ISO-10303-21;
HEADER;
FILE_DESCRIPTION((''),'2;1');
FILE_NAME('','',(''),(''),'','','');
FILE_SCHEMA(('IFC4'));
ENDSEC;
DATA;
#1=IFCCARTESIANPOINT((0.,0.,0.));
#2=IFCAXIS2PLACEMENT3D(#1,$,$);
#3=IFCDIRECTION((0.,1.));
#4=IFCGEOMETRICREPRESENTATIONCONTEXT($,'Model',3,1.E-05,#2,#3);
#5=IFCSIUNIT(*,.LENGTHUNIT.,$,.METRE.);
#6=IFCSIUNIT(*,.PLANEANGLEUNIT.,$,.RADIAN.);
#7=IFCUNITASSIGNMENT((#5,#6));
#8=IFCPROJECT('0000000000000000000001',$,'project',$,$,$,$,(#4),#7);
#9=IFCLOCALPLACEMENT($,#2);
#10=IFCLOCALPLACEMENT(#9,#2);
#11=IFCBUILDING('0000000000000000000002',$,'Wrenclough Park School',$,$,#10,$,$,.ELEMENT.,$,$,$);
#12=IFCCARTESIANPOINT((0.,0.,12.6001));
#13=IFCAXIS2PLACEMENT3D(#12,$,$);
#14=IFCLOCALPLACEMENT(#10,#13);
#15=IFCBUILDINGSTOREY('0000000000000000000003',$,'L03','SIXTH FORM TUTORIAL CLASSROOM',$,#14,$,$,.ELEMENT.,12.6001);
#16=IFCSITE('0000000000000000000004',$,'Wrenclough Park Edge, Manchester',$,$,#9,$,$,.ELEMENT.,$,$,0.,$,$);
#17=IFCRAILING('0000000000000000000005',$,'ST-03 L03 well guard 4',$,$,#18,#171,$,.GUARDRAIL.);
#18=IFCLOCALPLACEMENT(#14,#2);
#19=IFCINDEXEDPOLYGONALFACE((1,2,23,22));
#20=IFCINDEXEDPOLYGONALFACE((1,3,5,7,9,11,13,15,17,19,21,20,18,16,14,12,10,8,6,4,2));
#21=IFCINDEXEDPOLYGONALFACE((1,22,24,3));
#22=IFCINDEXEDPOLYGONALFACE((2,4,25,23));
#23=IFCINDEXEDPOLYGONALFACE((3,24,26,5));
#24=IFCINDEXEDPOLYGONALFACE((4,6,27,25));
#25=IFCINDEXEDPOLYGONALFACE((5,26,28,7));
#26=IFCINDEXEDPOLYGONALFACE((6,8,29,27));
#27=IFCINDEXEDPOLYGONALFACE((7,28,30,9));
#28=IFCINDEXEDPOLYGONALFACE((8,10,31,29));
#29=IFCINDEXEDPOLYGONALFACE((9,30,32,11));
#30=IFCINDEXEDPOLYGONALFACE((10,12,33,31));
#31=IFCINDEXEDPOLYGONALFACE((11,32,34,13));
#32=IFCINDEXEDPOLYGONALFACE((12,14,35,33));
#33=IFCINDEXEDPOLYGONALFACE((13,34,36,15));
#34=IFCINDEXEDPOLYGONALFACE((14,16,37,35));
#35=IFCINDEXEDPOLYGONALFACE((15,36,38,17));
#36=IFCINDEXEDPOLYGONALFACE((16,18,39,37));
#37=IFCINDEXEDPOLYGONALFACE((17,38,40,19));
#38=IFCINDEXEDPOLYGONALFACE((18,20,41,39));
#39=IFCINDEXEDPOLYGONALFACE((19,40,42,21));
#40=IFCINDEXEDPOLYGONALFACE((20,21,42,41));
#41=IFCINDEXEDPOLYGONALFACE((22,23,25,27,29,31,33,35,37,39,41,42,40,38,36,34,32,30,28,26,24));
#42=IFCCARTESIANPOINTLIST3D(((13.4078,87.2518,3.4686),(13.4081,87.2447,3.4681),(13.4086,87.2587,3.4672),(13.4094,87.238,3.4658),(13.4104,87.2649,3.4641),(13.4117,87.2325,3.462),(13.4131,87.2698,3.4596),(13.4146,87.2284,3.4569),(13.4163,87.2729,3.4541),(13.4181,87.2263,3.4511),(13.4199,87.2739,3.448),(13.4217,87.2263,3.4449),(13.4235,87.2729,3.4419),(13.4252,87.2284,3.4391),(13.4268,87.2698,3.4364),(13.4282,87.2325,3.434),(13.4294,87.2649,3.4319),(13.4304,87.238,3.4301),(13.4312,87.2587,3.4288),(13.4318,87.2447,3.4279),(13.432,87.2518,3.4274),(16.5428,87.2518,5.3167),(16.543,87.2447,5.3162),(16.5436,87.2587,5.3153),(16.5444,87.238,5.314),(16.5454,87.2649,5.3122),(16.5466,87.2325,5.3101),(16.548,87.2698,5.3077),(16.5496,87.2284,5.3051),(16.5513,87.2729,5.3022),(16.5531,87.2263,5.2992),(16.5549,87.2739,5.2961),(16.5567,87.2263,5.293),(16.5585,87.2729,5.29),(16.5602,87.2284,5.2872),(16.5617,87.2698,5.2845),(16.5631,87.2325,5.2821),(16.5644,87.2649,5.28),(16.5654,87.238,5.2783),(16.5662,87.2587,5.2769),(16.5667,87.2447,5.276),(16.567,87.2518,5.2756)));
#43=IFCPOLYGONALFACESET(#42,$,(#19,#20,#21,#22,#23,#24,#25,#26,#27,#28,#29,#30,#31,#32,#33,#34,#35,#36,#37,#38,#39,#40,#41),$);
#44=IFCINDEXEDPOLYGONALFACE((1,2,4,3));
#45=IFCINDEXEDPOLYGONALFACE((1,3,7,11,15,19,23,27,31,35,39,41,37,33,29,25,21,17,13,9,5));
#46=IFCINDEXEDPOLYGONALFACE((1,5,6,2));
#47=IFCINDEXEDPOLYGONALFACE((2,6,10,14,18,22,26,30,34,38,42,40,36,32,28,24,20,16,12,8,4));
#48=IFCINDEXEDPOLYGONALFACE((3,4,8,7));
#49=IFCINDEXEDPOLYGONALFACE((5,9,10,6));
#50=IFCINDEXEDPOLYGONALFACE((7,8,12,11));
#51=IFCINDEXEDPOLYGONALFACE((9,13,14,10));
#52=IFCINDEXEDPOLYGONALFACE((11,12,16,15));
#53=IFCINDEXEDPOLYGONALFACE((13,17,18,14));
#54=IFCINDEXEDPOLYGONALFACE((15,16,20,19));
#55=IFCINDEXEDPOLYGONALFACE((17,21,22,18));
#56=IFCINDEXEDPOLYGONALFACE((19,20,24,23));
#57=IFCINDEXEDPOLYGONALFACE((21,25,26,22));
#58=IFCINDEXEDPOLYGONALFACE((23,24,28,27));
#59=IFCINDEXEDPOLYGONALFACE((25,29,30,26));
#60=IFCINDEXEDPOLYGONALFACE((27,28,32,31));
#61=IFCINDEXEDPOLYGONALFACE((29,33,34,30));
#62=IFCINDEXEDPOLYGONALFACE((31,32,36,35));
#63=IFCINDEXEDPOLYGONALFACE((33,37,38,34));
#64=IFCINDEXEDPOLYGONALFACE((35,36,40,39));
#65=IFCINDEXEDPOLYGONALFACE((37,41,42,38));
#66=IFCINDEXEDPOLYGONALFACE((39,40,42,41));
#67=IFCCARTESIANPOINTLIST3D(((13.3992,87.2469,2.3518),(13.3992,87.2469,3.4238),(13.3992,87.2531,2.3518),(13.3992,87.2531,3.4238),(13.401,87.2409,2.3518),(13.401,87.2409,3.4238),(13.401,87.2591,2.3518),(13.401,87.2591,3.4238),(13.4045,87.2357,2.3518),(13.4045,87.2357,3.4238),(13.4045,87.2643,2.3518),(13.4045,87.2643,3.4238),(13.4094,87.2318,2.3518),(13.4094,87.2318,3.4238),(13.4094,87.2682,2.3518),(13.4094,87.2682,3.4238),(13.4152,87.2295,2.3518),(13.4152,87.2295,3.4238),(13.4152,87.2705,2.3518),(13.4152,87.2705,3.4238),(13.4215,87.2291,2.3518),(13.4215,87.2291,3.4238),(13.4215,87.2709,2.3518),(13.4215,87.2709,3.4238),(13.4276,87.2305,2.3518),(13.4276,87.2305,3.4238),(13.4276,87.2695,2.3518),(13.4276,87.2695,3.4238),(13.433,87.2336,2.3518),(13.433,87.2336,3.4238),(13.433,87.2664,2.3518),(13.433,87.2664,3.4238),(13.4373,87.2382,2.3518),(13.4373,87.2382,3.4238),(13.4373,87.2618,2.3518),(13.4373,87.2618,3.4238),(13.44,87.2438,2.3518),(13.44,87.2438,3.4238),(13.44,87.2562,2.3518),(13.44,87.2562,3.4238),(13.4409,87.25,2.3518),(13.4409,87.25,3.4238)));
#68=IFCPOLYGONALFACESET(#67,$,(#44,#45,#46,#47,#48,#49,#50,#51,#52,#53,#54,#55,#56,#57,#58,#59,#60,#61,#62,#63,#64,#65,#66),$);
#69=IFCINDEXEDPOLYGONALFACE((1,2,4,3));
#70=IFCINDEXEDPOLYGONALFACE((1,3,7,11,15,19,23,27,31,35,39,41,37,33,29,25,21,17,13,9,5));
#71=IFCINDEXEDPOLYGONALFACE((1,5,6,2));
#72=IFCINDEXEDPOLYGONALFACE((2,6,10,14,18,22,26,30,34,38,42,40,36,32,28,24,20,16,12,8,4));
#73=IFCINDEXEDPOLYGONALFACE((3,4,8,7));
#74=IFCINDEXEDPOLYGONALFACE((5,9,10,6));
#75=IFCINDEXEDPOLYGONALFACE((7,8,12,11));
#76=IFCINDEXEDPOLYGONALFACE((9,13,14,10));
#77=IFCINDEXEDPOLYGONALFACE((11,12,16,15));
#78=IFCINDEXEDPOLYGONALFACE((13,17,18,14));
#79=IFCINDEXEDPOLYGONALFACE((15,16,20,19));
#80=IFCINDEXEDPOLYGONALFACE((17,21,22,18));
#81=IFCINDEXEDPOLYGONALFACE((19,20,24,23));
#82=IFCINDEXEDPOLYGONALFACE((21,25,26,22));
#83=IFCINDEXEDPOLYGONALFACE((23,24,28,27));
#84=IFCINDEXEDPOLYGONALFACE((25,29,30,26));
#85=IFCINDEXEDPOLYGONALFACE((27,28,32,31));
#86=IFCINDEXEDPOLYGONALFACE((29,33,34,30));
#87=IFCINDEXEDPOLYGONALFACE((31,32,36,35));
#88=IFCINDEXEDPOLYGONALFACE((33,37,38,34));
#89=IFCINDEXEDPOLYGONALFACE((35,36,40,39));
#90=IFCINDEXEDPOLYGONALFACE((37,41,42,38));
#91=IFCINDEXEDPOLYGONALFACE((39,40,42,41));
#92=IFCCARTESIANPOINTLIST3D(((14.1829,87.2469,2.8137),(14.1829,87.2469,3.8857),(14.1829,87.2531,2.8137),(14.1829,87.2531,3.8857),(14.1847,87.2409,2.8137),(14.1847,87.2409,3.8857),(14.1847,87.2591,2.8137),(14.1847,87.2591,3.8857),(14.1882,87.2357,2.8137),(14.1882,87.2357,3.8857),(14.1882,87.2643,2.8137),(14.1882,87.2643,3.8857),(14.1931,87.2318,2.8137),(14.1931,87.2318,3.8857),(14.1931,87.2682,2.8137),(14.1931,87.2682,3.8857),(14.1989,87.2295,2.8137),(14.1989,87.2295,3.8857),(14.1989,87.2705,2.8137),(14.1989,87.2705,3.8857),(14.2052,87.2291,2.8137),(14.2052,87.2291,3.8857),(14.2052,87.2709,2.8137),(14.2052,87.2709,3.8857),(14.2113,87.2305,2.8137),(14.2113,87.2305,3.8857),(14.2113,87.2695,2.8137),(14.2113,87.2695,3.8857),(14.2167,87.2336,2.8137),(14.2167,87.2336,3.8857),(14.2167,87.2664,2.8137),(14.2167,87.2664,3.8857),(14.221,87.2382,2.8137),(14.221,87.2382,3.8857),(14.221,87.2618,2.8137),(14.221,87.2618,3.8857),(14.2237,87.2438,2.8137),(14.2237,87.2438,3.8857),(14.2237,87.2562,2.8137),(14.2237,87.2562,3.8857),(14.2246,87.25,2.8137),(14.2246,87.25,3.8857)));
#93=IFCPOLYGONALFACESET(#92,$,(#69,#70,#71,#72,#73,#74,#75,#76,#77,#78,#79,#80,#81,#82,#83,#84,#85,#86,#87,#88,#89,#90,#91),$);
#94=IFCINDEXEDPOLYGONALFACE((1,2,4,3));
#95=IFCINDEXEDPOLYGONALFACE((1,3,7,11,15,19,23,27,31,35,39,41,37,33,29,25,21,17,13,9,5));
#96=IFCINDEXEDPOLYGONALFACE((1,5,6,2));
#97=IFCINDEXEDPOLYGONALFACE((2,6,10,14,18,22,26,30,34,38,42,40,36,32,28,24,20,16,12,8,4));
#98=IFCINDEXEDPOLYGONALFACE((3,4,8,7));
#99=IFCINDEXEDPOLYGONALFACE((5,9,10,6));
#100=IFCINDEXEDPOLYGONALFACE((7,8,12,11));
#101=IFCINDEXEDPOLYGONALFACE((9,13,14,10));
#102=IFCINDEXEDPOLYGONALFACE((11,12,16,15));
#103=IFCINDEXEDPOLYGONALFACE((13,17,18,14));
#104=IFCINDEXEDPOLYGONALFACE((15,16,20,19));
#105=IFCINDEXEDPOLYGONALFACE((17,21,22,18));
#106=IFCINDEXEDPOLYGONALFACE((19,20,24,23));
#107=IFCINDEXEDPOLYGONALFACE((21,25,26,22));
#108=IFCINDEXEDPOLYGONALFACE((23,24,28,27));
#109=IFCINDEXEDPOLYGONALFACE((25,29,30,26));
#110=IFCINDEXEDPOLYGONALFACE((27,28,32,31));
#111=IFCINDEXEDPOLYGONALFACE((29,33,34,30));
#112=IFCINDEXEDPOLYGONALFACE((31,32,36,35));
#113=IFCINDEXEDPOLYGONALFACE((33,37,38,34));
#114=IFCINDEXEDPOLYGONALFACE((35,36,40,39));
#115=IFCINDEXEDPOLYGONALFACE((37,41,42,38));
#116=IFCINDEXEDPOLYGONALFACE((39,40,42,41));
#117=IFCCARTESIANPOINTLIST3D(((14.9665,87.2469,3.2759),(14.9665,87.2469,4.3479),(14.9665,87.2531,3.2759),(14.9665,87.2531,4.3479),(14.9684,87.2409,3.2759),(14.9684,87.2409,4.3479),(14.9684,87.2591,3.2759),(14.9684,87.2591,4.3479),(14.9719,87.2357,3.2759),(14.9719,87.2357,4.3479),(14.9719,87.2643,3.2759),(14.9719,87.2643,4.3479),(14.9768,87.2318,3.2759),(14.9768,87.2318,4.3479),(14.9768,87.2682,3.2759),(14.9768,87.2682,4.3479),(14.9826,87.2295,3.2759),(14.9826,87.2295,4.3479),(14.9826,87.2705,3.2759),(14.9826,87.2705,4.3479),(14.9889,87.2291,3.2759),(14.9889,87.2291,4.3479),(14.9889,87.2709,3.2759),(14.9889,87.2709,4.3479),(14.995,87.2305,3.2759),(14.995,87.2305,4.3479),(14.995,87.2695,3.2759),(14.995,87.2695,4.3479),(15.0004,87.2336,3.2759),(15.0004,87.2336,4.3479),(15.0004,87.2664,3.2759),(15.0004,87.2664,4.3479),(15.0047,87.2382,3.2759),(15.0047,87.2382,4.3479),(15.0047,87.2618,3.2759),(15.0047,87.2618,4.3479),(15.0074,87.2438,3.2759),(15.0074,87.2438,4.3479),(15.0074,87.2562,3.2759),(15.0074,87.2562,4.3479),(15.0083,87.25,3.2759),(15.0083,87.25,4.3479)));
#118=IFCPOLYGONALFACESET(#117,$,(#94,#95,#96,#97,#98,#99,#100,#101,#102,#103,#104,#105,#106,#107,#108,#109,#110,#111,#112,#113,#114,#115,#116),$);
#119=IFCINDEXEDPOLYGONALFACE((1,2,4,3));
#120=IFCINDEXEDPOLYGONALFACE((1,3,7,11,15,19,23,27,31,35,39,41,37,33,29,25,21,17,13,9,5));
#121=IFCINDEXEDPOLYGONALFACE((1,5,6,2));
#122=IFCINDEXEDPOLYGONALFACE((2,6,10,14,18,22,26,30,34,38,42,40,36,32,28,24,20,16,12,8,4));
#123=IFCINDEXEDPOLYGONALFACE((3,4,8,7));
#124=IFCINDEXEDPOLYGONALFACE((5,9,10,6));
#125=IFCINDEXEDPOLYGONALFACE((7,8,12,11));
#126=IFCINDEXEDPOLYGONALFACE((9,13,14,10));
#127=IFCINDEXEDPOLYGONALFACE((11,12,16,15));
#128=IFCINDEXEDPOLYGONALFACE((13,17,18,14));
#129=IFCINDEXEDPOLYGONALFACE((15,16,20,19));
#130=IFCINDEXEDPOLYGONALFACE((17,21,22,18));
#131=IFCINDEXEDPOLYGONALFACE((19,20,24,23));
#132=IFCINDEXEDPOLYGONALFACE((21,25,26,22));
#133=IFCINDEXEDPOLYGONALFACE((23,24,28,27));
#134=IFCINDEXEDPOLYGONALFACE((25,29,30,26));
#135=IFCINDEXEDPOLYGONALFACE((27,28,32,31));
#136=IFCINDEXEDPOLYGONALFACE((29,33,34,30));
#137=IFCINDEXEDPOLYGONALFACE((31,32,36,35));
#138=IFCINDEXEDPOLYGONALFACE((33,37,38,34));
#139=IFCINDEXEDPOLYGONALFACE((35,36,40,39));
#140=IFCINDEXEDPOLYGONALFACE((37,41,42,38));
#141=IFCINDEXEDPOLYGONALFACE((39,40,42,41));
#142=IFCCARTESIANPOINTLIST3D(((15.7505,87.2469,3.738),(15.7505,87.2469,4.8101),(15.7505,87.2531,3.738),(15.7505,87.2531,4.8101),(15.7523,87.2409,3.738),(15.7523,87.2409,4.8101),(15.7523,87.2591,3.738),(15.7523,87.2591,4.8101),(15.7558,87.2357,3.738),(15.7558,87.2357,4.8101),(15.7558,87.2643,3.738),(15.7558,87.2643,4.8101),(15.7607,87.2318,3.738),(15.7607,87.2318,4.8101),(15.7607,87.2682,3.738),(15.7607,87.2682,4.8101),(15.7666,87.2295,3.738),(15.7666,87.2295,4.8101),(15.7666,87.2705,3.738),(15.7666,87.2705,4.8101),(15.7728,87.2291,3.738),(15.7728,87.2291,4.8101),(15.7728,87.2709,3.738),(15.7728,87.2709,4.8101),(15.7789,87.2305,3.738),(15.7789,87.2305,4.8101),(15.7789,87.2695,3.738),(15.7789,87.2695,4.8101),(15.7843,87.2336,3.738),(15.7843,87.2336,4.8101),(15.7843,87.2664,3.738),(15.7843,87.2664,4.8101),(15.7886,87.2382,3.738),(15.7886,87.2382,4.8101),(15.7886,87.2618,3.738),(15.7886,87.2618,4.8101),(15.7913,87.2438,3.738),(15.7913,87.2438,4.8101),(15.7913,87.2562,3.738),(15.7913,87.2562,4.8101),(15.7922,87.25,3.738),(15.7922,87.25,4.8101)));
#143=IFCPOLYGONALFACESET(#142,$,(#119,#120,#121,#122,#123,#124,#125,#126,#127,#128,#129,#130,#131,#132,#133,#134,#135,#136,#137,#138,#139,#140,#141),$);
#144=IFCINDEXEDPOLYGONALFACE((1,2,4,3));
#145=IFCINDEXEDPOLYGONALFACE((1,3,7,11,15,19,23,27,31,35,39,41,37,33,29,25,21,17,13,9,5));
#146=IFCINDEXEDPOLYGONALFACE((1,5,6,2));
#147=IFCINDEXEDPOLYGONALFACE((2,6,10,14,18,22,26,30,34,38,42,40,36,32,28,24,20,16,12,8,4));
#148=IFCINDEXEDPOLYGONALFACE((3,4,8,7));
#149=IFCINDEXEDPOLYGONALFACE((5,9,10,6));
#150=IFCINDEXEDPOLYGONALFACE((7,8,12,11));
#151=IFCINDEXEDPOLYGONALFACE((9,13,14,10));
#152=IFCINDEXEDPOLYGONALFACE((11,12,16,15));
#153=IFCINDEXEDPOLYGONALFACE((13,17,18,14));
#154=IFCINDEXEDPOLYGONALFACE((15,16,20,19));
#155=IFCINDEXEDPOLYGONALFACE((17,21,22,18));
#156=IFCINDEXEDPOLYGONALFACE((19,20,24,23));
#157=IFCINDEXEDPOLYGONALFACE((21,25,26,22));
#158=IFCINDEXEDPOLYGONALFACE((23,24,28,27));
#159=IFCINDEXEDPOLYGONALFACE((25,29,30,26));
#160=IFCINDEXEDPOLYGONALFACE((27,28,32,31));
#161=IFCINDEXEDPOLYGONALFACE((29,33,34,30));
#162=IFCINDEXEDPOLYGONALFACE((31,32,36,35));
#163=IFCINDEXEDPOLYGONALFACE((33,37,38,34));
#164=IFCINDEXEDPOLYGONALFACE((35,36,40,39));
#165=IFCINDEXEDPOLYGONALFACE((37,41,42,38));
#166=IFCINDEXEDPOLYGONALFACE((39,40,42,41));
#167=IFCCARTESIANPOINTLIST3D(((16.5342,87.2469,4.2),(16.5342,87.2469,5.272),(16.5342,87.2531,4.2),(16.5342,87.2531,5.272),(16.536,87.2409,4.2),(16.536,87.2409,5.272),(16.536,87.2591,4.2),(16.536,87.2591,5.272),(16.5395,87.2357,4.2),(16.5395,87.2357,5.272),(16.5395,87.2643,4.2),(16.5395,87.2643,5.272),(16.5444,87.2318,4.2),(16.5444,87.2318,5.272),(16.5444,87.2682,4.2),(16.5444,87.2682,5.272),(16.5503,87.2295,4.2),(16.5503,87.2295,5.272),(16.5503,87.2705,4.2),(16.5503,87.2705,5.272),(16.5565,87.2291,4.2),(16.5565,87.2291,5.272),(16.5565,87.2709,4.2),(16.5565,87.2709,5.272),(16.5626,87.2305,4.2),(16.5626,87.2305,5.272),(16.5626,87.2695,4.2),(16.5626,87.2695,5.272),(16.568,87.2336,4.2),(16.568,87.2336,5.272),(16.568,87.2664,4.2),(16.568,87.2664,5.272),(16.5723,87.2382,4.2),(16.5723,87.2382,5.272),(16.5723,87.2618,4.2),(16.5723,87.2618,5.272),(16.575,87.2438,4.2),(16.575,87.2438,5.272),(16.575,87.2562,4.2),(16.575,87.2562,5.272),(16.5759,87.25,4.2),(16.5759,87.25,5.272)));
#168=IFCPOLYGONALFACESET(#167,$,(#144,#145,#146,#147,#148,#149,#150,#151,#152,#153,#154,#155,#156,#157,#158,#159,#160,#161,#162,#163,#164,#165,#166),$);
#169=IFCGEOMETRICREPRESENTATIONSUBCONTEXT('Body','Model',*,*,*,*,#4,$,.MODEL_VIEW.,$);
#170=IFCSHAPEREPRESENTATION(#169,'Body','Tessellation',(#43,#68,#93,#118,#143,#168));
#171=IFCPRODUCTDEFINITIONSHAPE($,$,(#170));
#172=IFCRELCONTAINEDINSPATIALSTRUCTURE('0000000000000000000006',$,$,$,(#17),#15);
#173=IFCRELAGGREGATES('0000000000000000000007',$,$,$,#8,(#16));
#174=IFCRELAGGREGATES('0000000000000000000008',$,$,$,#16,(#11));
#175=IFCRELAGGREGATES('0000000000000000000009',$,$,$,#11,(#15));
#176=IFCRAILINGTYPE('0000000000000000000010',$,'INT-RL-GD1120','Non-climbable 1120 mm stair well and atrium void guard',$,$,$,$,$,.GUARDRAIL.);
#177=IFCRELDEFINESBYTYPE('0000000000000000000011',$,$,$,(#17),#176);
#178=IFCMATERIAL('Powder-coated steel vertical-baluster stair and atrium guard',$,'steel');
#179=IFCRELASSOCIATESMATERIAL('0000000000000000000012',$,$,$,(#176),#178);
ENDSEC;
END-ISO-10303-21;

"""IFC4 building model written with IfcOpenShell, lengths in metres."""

from ifc_helpers import new_model, si_unit, direction, frame, origin, origin_2d, place, context, subcontext, project, spatial, circle, extrude, material, type_object, element, save


model = new_model("IFC4")

# Units and contexts
model_context = context("Model", 3, precision=1e-05, world=origin(), true_north=direction((0.0, 1.0)))
body_context = subcontext(model_context, "Body", "Model", "MODEL_VIEW")
ifc_project = project(units=[si_unit("LENGTHUNIT", "METRE"), si_unit("PLANEANGLEUNIT", "RADIAN")], contexts=[model_context])

# Site, building, storey
site_placement = place(None, origin())
site = spatial("IfcSite", under=ifc_project, at=site_placement, Name="Wrenclough Park Edge, Manchester", CompositionType="ELEMENT", RefElevation=0.0)
building_placement = place(site_placement, origin())
building = spatial("IfcBuilding", under=site, at=building_placement, Name="Wrenclough Park School", CompositionType="ELEMENT")
storey_placement = place(building_placement, frame((0.0, 0.0, 12.6001)))
storey = spatial("IfcBuildingStorey", under=building, at=storey_placement, Name="L03", Description="SIXTH FORM TUTORIAL CLASSROOM", CompositionType="ELEMENT", Elevation=12.6001)

# Railing
ifc_material_1 = material(Name="Powder-coated steel vertical-baluster stair and atrium guard", Category="steel")
railing_type_1 = type_object("IfcRailingType", Name="INT-RL-GD1120", Description="Non-climbable 1120 mm stair well and atrium void guard", PredefinedType="GUARDRAIL", material=ifc_material_1)
railing_1_placement = place(storey_placement, frame((13.4199, 87.25, 2.3518)))
element("IfcRailing", 1, at=railing_1_placement, inside=storey, type_object=railing_type_1, Name="ST-03 L03 well guard 4", PredefinedType="GUARDRAIL", context=body_context, shape_type="SweptSolid", body=[
    extrude(circle(Radius=0.0239, at=origin_2d()), frame((0.0, 0.0, 1.0962), z_axis=(0.861451, 0.0, 0.507841), x_axis=(0.0, 1.0, 0.0)), (0.0, 0.0, 1.0), 3.6392),
    extrude(circle(Radius=0.021, at=origin_2d()), origin(), (0.0, 0.0, 1.0), 1.072),
    extrude(circle(Radius=0.021, at=origin_2d()), frame((0.7837, 0.0, 0.4619)), (0.0, 0.0, 1.0), 1.072),
    extrude(circle(Radius=0.021, at=origin_2d()), frame((1.5674, 0.0, 0.9241)), (0.0, 0.0, 1.0), 1.072),
    extrude(circle(Radius=0.021, at=origin_2d()), frame((2.3513, 0.0, 1.3862)), (0.0, 0.0, 1.0), 1.072),
    extrude(circle(Radius=0.021, at=origin_2d()), frame((3.135, 0.0, 1.8481)), (0.0, 0.0, 1.0), 1.072),
])

save(model, "model.ifc")
